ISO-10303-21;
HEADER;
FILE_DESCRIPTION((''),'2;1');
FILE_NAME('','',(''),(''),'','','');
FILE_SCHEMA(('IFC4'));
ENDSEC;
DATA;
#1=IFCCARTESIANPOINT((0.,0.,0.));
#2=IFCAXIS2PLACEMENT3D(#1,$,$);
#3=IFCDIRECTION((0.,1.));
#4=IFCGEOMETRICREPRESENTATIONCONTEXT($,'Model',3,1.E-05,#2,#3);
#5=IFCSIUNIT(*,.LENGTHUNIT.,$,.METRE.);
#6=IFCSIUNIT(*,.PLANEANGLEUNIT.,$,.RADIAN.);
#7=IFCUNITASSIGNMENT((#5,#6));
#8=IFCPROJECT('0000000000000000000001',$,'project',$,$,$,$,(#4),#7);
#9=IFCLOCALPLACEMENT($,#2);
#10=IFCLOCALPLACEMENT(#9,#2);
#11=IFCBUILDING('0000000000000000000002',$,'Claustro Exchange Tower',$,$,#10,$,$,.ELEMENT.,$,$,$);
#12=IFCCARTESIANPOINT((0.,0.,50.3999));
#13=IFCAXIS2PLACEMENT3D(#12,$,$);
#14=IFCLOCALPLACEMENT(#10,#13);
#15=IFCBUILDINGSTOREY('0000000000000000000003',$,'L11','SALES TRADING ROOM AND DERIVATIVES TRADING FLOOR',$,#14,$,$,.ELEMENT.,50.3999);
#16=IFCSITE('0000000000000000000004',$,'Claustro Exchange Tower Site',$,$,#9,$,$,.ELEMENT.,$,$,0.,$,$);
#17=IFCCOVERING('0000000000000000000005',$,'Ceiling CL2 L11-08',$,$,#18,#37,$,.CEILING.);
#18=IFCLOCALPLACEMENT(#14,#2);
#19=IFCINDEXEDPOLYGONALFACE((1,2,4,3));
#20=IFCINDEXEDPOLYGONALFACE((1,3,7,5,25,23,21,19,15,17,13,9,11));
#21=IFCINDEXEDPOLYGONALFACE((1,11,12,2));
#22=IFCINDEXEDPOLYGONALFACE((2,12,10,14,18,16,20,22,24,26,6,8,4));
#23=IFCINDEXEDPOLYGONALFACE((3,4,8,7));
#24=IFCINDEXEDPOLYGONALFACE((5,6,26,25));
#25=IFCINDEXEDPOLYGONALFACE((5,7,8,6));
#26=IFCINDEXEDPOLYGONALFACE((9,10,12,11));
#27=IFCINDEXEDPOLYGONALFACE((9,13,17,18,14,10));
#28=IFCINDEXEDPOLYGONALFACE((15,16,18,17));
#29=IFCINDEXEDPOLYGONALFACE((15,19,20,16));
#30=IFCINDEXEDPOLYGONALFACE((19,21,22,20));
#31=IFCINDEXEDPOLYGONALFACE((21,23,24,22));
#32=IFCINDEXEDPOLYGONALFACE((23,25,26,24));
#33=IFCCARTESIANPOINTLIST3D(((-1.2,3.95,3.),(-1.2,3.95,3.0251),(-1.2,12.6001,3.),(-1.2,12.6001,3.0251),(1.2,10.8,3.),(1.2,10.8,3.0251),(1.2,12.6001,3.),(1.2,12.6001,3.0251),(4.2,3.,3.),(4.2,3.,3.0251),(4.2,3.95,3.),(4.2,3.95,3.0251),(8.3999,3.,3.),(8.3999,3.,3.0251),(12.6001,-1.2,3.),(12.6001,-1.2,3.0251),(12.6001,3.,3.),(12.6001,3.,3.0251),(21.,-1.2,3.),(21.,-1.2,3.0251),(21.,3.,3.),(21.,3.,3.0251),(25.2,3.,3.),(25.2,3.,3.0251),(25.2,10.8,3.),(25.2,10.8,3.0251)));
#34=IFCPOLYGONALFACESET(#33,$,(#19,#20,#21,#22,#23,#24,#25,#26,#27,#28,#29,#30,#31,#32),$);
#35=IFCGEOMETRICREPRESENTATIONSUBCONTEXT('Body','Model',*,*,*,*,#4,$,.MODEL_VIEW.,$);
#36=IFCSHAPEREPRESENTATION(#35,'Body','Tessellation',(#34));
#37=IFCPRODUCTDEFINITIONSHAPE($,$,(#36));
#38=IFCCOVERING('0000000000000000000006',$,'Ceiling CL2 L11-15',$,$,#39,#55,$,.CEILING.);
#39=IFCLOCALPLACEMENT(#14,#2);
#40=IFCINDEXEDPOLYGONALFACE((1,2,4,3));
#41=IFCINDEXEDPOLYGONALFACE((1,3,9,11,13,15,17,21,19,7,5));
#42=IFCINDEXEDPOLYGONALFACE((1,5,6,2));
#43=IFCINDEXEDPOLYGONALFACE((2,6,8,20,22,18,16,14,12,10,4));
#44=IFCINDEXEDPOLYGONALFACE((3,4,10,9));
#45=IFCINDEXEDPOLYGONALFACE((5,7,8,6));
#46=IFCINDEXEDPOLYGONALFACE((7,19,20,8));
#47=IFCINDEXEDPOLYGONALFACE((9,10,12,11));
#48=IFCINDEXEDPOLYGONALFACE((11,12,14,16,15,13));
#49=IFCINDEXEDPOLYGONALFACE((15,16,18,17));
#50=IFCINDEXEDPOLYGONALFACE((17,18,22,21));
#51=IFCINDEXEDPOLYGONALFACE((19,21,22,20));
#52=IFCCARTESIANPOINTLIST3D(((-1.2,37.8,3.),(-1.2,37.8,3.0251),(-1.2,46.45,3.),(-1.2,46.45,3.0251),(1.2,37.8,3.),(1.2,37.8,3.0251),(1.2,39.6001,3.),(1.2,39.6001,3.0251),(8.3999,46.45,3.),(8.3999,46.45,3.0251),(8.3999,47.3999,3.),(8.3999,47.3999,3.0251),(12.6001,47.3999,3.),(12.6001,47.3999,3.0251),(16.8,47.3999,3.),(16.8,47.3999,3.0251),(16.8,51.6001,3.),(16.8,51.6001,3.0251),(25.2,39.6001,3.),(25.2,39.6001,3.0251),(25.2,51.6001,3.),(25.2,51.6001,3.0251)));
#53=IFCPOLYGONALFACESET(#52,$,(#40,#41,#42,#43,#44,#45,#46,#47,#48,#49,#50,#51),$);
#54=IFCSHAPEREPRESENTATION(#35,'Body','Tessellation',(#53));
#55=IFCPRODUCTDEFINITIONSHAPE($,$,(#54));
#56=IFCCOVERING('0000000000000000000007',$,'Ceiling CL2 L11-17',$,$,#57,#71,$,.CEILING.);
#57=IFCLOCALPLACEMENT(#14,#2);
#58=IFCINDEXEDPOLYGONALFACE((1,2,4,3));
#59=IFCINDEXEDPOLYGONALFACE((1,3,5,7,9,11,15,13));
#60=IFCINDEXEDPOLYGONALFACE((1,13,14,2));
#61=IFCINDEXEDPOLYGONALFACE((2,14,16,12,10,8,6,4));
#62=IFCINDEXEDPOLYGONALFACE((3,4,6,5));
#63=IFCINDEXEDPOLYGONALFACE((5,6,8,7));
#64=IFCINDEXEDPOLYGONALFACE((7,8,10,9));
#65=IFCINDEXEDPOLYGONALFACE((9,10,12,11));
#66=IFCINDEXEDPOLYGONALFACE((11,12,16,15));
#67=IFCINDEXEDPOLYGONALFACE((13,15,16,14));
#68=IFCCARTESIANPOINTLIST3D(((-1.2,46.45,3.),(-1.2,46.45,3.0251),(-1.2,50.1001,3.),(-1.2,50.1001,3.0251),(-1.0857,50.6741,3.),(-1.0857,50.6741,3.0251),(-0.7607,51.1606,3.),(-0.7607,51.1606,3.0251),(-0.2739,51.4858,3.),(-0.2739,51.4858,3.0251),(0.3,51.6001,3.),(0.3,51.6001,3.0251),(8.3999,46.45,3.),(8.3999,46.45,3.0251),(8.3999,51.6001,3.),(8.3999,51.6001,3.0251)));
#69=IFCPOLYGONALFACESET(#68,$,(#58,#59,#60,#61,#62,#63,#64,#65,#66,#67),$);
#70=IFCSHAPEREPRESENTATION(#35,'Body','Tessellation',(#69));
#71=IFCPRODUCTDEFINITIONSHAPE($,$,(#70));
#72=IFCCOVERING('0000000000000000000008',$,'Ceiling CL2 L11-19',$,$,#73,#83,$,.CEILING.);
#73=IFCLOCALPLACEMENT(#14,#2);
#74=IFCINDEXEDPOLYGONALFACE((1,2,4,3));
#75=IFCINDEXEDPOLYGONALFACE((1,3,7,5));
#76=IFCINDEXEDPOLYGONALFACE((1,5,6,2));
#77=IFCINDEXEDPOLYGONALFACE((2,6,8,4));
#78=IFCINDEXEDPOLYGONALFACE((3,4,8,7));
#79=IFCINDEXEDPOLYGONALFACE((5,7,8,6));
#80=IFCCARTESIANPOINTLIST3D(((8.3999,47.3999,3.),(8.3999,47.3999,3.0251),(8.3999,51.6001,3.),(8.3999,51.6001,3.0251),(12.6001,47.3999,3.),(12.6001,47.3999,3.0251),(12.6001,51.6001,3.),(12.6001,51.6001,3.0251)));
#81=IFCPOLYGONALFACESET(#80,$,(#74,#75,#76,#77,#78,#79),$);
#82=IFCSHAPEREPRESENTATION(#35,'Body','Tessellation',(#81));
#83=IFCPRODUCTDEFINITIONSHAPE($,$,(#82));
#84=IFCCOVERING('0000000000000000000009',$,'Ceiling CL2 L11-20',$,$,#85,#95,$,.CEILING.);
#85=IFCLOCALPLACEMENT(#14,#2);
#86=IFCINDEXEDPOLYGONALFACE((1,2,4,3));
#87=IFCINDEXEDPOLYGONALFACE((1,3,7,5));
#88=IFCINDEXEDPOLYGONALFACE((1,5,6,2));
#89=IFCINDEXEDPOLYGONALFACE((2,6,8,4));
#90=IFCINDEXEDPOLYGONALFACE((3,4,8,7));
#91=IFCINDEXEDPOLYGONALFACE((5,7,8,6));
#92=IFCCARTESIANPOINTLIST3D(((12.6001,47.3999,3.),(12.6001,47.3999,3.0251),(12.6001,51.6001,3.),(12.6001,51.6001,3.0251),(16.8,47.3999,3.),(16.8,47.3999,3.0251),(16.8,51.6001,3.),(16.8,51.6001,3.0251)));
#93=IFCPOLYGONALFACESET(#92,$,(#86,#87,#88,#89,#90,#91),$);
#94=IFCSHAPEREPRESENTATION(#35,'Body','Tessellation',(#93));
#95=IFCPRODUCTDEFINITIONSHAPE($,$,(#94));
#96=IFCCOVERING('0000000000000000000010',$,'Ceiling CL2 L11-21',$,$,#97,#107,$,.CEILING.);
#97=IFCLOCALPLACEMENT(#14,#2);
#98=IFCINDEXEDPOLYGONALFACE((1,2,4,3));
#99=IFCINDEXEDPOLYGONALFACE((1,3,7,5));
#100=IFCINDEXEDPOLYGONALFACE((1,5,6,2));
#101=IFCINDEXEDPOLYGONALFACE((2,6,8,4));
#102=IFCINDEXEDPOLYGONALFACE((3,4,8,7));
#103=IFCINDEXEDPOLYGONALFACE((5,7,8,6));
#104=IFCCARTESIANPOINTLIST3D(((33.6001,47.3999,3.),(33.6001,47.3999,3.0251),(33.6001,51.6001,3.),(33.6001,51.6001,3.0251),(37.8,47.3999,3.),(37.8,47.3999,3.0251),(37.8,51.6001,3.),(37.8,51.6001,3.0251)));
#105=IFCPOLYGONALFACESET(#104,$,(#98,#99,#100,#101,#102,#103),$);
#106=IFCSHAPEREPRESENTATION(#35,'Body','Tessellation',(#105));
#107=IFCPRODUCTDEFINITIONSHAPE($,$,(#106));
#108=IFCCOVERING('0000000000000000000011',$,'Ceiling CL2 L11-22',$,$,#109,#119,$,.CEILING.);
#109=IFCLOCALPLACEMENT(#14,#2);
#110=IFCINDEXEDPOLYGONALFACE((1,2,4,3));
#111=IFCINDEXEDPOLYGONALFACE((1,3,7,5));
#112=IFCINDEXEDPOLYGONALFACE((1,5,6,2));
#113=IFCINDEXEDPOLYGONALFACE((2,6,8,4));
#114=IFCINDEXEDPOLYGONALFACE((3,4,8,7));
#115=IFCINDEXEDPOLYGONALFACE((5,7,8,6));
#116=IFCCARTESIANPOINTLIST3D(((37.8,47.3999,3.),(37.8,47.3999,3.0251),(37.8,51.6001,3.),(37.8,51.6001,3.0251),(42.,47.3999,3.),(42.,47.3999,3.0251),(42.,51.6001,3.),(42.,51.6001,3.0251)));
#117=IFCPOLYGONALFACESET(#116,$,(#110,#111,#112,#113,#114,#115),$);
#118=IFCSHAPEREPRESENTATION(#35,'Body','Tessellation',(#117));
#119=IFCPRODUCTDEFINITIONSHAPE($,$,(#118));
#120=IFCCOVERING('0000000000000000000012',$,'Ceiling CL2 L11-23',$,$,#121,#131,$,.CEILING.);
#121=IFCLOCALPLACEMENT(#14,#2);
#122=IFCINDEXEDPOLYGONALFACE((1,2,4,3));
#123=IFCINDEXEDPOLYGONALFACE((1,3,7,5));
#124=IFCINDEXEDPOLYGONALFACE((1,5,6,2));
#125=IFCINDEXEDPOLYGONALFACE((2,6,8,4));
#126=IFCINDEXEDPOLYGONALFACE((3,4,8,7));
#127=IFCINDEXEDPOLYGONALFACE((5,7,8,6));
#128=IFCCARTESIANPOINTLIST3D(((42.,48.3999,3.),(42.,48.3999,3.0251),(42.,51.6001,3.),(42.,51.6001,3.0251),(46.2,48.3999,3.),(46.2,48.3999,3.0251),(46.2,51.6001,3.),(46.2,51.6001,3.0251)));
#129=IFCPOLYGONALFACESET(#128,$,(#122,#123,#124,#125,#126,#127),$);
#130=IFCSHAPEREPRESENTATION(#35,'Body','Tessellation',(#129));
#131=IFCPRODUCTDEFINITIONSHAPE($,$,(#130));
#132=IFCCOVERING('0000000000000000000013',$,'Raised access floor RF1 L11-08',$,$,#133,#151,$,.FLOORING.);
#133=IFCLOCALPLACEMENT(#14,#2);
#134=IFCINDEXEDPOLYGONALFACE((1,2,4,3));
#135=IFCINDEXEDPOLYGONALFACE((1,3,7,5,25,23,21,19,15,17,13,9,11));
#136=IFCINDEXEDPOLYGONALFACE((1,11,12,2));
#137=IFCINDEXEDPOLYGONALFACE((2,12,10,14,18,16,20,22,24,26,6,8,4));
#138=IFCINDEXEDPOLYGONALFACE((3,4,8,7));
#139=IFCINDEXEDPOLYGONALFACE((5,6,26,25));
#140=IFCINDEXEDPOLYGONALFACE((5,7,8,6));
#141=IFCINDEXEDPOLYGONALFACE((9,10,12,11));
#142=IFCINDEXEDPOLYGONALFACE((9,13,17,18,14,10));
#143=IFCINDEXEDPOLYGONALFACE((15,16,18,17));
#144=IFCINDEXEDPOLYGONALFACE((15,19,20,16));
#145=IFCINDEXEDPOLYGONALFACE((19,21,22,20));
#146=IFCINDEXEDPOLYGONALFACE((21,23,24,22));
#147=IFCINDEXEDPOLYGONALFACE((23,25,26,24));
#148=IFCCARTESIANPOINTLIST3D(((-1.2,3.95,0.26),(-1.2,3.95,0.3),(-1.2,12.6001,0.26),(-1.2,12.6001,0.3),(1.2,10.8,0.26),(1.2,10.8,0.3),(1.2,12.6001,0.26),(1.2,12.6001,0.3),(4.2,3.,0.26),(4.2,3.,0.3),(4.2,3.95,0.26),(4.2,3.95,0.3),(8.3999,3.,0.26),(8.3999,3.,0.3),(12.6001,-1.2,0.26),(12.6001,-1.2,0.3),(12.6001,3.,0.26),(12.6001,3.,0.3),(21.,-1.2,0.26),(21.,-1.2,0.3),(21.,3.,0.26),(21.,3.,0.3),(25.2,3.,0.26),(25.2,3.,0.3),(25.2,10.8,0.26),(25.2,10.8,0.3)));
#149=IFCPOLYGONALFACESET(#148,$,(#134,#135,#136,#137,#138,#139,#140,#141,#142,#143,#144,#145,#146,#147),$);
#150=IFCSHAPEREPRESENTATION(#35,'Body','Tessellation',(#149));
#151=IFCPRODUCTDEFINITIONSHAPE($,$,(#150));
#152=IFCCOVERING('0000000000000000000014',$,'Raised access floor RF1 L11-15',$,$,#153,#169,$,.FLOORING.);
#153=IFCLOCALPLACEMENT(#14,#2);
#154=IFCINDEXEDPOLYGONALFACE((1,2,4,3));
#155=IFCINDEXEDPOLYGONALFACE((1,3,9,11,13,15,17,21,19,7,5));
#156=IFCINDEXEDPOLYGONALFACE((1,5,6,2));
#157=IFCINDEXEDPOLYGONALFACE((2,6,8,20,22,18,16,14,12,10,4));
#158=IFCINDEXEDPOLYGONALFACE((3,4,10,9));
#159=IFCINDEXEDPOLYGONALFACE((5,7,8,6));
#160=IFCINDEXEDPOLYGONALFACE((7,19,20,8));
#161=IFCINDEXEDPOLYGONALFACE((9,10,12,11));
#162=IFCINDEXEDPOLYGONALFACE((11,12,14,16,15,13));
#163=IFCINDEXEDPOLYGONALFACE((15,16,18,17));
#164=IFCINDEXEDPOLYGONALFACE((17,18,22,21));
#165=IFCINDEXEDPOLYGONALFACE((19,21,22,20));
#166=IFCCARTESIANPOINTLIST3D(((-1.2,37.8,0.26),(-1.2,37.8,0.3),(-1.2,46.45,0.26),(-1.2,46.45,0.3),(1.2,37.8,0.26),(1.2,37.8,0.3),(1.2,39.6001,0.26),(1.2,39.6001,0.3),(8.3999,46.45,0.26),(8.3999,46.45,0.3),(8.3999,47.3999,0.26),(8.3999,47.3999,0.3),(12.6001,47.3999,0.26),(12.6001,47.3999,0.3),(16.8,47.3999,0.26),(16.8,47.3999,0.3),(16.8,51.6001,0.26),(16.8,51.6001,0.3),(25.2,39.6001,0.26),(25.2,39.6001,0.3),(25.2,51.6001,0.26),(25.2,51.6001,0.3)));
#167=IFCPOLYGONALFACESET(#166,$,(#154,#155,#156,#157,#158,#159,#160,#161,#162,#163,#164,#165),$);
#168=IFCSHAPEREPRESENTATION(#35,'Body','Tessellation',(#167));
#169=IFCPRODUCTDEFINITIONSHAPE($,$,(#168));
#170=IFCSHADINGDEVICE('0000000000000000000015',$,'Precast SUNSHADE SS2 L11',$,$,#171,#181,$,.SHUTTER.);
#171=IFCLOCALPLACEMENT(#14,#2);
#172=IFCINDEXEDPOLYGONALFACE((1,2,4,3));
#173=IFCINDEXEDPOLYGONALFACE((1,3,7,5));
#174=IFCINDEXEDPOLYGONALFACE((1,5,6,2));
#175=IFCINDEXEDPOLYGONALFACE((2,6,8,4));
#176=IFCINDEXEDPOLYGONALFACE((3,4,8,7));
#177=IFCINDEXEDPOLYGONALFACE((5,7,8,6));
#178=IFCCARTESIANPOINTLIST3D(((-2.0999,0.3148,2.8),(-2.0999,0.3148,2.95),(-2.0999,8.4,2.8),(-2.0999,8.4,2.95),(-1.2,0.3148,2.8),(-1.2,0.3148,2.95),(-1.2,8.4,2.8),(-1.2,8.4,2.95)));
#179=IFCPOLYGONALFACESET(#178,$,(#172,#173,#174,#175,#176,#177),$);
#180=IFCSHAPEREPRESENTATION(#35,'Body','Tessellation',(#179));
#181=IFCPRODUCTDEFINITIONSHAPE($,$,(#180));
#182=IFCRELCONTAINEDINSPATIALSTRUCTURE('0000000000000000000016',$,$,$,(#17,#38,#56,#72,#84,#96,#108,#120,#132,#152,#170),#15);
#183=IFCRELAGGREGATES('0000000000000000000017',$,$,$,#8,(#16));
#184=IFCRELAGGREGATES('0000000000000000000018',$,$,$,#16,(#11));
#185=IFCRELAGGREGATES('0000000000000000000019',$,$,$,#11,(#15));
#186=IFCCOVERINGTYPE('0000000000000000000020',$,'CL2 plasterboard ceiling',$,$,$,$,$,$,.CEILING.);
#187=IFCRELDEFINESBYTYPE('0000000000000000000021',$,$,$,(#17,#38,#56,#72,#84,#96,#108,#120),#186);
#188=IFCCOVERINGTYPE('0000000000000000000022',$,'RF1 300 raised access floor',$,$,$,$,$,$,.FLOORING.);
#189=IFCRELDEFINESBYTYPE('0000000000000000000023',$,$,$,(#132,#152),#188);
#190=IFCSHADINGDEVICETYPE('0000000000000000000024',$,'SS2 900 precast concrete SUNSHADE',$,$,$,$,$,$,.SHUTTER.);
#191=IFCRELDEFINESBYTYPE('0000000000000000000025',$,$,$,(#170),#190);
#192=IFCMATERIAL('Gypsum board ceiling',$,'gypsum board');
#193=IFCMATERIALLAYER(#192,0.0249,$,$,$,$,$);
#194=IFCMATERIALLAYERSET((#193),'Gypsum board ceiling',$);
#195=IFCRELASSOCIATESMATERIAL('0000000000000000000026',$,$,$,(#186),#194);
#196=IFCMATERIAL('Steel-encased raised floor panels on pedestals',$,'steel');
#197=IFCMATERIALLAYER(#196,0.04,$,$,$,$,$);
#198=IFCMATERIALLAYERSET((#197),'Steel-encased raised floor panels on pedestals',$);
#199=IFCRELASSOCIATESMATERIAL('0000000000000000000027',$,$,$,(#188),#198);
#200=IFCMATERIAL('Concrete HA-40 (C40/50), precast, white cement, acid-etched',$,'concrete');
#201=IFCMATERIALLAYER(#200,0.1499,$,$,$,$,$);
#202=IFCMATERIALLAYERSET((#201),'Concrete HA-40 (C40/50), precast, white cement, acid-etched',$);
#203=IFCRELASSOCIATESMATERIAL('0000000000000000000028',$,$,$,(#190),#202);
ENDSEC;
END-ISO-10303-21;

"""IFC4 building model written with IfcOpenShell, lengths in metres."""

from ifc_helpers import new_model, si_unit, direction, frame, origin, origin_2d, place, context, subcontext, project, spatial, polyline, rectangle, outline, extrude, material, layer, layer_set, type_object, element, save


model = new_model("IFC4")

# Units and contexts
model_context = context("Model", 3, precision=1e-05, world=origin(), true_north=direction((0.0, 1.0)))
body_context = subcontext(model_context, "Body", "Model", "MODEL_VIEW")
ifc_project = project(units=[si_unit("LENGTHUNIT", "METRE"), si_unit("PLANEANGLEUNIT", "RADIAN")], contexts=[model_context])

# Site, building, storey
site_placement = place(None, origin())
site = spatial("IfcSite", under=ifc_project, at=site_placement, Name="Claustro Exchange Tower Site", CompositionType="ELEMENT", RefElevation=0.0)
building_placement = place(site_placement, origin())
building = spatial("IfcBuilding", under=site, at=building_placement, Name="Claustro Exchange Tower", CompositionType="ELEMENT")
storey_placement = place(building_placement, frame((0.0, 0.0, 50.3999)))
storey = spatial("IfcBuildingStorey", under=building, at=storey_placement, Name="L11", Description="SALES TRADING ROOM AND DERIVATIVES TRADING FLOOR", CompositionType="ELEMENT", Elevation=50.3999)

# Coverings
ifc_material_1 = material(Name="Gypsum board ceiling", Category="gypsum board")
ifc_layer_1 = layer(ifc_material_1, 0.0249)
ifc_layer_set_1 = layer_set([ifc_layer_1], Name="Gypsum board ceiling")
covering_type_1 = type_object("IfcCoveringType", Name="CL2 plasterboard ceiling", PredefinedType="CEILING", material=ifc_layer_set_1)
covering_1_placement = place(storey_placement, frame((0.0, 0.0, 3.0)))
element("IfcCovering", 1, at=covering_1_placement, inside=storey, type_object=covering_type_1, Name="Ceiling CL2 L11-08", PredefinedType="CEILING", context=body_context, shape_type="SweptSolid", body=[
    extrude(outline(polyline([(-1.2, 12.6001), (-1.2, 3.95), (4.2, 3.95), (4.2, 3.0), (8.3999, 3.0), (12.6001, 3.0), (12.6001, -1.2), (21.0, -1.2), (21.0, 3.0), (25.2, 3.0), (25.2, 10.8), (1.2, 10.8), (1.2, 12.6001), (-1.2, 12.6001)])), origin(), (0.0, 0.0, 1.0), 0.0251),
])
covering_2_placement = place(storey_placement, frame((0.0, 0.0, 3.0)))
element("IfcCovering", 2, at=covering_2_placement, inside=storey, type_object=covering_type_1, Name="Ceiling CL2 L11-15", PredefinedType="CEILING", context=body_context, shape_type="SweptSolid", body=[
    extrude(outline(polyline([(-1.2, 46.45), (-1.2, 37.8), (1.2, 37.8), (1.2, 39.6001), (25.2, 39.6001), (25.2, 51.6001), (16.8, 51.6001), (16.8, 47.3999), (12.6001, 47.3999), (8.3999, 47.3999), (8.3999, 46.45), (-1.2, 46.45)])), origin(), (0.0, 0.0, 1.0), 0.0251),
])
covering_3_placement = place(storey_placement, frame((0.0, 0.0, 3.0)))
element("IfcCovering", 3, at=covering_3_placement, inside=storey, type_object=covering_type_1, Name="Ceiling CL2 L11-17", PredefinedType="CEILING", context=body_context, shape_type="SweptSolid", body=[
    extrude(outline(polyline([(-1.2, 50.1001), (-1.2, 46.45), (8.3999, 46.45), (8.3999, 51.6001), (0.3, 51.6001), (-0.2739, 51.4858), (-0.7607, 51.1606), (-1.0857, 50.6741), (-1.2, 50.1001)])), origin(), (0.0, 0.0, 1.0), 0.0251),
])
covering_4_placement = place(storey_placement, frame((0.0, 0.0, 3.0)))
element("IfcCovering", 4, at=covering_4_placement, inside=storey, type_object=covering_type_1, Name="Ceiling CL2 L11-19", PredefinedType="CEILING", context=body_context, shape_type="SweptSolid", body=[
    extrude(outline(polyline([(12.6001, 51.6001), (8.3999, 51.6001), (8.3999, 47.3999), (12.6001, 47.3999), (12.6001, 51.6001)])), origin(), (0.0, 0.0, 1.0), 0.0251),
])
covering_5_placement = place(storey_placement, frame((0.0, 0.0, 3.0)))
element("IfcCovering", 5, at=covering_5_placement, inside=storey, type_object=covering_type_1, Name="Ceiling CL2 L11-20", PredefinedType="CEILING", context=body_context, shape_type="SweptSolid", body=[
    extrude(outline(polyline([(16.8, 51.6001), (12.6001, 51.6001), (12.6001, 47.3999), (16.8, 47.3999), (16.8, 51.6001)])), origin(), (0.0, 0.0, 1.0), 0.0251),
])
covering_6_placement = place(storey_placement, frame((0.0, 0.0, 3.0)))
element("IfcCovering", 6, at=covering_6_placement, inside=storey, type_object=covering_type_1, Name="Ceiling CL2 L11-21", PredefinedType="CEILING", context=body_context, shape_type="SweptSolid", body=[
    extrude(outline(polyline([(37.8, 51.6001), (33.6001, 51.6001), (33.6001, 47.3999), (37.8, 47.3999), (37.8, 51.6001)])), origin(), (0.0, 0.0, 1.0), 0.0251),
])
covering_7_placement = place(storey_placement, frame((0.0, 0.0, 3.0)))
element("IfcCovering", 7, at=covering_7_placement, inside=storey, type_object=covering_type_1, Name="Ceiling CL2 L11-22", PredefinedType="CEILING", context=body_context, shape_type="SweptSolid", body=[
    extrude(outline(polyline([(42.0, 51.6001), (37.8, 51.6001), (37.8, 47.3999), (42.0, 47.3999), (42.0, 51.6001)])), origin(), (0.0, 0.0, 1.0), 0.0251),
])
covering_8_placement = place(storey_placement, frame((0.0, 0.0, 3.0)))
element("IfcCovering", 8, at=covering_8_placement, inside=storey, type_object=covering_type_1, Name="Ceiling CL2 L11-23", PredefinedType="CEILING", context=body_context, shape_type="SweptSolid", body=[
    extrude(outline(polyline([(46.2, 51.6001), (42.0, 51.6001), (42.0, 48.3999), (46.2, 48.3999), (46.2, 51.6001)])), origin(), (0.0, 0.0, 1.0), 0.0251),
])
ifc_material_2 = material(Name="Steel-encased raised floor panels on pedestals", Category="steel")
ifc_layer_2 = layer(ifc_material_2, 0.04)
ifc_layer_set_2 = layer_set([ifc_layer_2], Name="Steel-encased raised floor panels on pedestals")
covering_type_2 = type_object("IfcCoveringType", Name="RF1 300 raised access floor", PredefinedType="FLOORING", material=ifc_layer_set_2)
covering_9_placement = place(storey_placement, frame((0.0, 0.0, 0.26)))
element("IfcCovering", 9, at=covering_9_placement, inside=storey, type_object=covering_type_2, Name="Raised access floor RF1 L11-08", PredefinedType="FLOORING", context=body_context, shape_type="SweptSolid", body=[
    extrude(outline(polyline([(-1.2, 12.6001), (-1.2, 3.95), (4.2, 3.95), (4.2, 3.0), (8.3999, 3.0), (12.6001, 3.0), (12.6001, -1.2), (21.0, -1.2), (21.0, 3.0), (25.2, 3.0), (25.2, 10.8), (1.2, 10.8), (1.2, 12.6001), (-1.2, 12.6001)])), origin(), (0.0, 0.0, 1.0), 0.04),
])
covering_10_placement = place(storey_placement, frame((0.0, 0.0, 0.26)))
element("IfcCovering", 10, at=covering_10_placement, inside=storey, type_object=covering_type_2, Name="Raised access floor RF1 L11-15", PredefinedType="FLOORING", context=body_context, shape_type="SweptSolid", body=[
    extrude(outline(polyline([(-1.2, 46.45), (-1.2, 37.8), (1.2, 37.8), (1.2, 39.6001), (25.2, 39.6001), (25.2, 51.6001), (16.8, 51.6001), (16.8, 47.3999), (12.6001, 47.3999), (8.3999, 47.3999), (8.3999, 46.45), (-1.2, 46.45)])), origin(), (0.0, 0.0, 1.0), 0.04),
])

# Shading device
ifc_material_3 = material(Name="Concrete HA-40 (C40/50), precast, white cement, acid-etched", Category="concrete")
ifc_layer_3 = layer(ifc_material_3, 0.1499)
ifc_layer_set_3 = layer_set([ifc_layer_3], Name="Concrete HA-40 (C40/50), precast, white cement, acid-etched")
shading_device_type = type_object("IfcShadingDeviceType", Name="SS2 900 precast concrete SUNSHADE", PredefinedType="SHUTTER", material=ifc_layer_set_3)
shading_device_1_placement = place(storey_placement, frame((-1.6499, 4.3574, 2.8), z_axis=(0.0, 0.0, 1.0), x_axis=(0.0, 1.0, 0.0)))
element("IfcShadingDevice", 11, at=shading_device_1_placement, inside=storey, type_object=shading_device_type, Name="Precast SUNSHADE SS2 L11", PredefinedType="SHUTTER", context=body_context, shape_type="SweptSolid", body=[
    extrude(rectangle(XDim=8.0852, YDim=0.8999, at=origin_2d()), origin(), (0.0, 0.0, 1.0), 0.1499),
])

save(model, "model.ifc")
